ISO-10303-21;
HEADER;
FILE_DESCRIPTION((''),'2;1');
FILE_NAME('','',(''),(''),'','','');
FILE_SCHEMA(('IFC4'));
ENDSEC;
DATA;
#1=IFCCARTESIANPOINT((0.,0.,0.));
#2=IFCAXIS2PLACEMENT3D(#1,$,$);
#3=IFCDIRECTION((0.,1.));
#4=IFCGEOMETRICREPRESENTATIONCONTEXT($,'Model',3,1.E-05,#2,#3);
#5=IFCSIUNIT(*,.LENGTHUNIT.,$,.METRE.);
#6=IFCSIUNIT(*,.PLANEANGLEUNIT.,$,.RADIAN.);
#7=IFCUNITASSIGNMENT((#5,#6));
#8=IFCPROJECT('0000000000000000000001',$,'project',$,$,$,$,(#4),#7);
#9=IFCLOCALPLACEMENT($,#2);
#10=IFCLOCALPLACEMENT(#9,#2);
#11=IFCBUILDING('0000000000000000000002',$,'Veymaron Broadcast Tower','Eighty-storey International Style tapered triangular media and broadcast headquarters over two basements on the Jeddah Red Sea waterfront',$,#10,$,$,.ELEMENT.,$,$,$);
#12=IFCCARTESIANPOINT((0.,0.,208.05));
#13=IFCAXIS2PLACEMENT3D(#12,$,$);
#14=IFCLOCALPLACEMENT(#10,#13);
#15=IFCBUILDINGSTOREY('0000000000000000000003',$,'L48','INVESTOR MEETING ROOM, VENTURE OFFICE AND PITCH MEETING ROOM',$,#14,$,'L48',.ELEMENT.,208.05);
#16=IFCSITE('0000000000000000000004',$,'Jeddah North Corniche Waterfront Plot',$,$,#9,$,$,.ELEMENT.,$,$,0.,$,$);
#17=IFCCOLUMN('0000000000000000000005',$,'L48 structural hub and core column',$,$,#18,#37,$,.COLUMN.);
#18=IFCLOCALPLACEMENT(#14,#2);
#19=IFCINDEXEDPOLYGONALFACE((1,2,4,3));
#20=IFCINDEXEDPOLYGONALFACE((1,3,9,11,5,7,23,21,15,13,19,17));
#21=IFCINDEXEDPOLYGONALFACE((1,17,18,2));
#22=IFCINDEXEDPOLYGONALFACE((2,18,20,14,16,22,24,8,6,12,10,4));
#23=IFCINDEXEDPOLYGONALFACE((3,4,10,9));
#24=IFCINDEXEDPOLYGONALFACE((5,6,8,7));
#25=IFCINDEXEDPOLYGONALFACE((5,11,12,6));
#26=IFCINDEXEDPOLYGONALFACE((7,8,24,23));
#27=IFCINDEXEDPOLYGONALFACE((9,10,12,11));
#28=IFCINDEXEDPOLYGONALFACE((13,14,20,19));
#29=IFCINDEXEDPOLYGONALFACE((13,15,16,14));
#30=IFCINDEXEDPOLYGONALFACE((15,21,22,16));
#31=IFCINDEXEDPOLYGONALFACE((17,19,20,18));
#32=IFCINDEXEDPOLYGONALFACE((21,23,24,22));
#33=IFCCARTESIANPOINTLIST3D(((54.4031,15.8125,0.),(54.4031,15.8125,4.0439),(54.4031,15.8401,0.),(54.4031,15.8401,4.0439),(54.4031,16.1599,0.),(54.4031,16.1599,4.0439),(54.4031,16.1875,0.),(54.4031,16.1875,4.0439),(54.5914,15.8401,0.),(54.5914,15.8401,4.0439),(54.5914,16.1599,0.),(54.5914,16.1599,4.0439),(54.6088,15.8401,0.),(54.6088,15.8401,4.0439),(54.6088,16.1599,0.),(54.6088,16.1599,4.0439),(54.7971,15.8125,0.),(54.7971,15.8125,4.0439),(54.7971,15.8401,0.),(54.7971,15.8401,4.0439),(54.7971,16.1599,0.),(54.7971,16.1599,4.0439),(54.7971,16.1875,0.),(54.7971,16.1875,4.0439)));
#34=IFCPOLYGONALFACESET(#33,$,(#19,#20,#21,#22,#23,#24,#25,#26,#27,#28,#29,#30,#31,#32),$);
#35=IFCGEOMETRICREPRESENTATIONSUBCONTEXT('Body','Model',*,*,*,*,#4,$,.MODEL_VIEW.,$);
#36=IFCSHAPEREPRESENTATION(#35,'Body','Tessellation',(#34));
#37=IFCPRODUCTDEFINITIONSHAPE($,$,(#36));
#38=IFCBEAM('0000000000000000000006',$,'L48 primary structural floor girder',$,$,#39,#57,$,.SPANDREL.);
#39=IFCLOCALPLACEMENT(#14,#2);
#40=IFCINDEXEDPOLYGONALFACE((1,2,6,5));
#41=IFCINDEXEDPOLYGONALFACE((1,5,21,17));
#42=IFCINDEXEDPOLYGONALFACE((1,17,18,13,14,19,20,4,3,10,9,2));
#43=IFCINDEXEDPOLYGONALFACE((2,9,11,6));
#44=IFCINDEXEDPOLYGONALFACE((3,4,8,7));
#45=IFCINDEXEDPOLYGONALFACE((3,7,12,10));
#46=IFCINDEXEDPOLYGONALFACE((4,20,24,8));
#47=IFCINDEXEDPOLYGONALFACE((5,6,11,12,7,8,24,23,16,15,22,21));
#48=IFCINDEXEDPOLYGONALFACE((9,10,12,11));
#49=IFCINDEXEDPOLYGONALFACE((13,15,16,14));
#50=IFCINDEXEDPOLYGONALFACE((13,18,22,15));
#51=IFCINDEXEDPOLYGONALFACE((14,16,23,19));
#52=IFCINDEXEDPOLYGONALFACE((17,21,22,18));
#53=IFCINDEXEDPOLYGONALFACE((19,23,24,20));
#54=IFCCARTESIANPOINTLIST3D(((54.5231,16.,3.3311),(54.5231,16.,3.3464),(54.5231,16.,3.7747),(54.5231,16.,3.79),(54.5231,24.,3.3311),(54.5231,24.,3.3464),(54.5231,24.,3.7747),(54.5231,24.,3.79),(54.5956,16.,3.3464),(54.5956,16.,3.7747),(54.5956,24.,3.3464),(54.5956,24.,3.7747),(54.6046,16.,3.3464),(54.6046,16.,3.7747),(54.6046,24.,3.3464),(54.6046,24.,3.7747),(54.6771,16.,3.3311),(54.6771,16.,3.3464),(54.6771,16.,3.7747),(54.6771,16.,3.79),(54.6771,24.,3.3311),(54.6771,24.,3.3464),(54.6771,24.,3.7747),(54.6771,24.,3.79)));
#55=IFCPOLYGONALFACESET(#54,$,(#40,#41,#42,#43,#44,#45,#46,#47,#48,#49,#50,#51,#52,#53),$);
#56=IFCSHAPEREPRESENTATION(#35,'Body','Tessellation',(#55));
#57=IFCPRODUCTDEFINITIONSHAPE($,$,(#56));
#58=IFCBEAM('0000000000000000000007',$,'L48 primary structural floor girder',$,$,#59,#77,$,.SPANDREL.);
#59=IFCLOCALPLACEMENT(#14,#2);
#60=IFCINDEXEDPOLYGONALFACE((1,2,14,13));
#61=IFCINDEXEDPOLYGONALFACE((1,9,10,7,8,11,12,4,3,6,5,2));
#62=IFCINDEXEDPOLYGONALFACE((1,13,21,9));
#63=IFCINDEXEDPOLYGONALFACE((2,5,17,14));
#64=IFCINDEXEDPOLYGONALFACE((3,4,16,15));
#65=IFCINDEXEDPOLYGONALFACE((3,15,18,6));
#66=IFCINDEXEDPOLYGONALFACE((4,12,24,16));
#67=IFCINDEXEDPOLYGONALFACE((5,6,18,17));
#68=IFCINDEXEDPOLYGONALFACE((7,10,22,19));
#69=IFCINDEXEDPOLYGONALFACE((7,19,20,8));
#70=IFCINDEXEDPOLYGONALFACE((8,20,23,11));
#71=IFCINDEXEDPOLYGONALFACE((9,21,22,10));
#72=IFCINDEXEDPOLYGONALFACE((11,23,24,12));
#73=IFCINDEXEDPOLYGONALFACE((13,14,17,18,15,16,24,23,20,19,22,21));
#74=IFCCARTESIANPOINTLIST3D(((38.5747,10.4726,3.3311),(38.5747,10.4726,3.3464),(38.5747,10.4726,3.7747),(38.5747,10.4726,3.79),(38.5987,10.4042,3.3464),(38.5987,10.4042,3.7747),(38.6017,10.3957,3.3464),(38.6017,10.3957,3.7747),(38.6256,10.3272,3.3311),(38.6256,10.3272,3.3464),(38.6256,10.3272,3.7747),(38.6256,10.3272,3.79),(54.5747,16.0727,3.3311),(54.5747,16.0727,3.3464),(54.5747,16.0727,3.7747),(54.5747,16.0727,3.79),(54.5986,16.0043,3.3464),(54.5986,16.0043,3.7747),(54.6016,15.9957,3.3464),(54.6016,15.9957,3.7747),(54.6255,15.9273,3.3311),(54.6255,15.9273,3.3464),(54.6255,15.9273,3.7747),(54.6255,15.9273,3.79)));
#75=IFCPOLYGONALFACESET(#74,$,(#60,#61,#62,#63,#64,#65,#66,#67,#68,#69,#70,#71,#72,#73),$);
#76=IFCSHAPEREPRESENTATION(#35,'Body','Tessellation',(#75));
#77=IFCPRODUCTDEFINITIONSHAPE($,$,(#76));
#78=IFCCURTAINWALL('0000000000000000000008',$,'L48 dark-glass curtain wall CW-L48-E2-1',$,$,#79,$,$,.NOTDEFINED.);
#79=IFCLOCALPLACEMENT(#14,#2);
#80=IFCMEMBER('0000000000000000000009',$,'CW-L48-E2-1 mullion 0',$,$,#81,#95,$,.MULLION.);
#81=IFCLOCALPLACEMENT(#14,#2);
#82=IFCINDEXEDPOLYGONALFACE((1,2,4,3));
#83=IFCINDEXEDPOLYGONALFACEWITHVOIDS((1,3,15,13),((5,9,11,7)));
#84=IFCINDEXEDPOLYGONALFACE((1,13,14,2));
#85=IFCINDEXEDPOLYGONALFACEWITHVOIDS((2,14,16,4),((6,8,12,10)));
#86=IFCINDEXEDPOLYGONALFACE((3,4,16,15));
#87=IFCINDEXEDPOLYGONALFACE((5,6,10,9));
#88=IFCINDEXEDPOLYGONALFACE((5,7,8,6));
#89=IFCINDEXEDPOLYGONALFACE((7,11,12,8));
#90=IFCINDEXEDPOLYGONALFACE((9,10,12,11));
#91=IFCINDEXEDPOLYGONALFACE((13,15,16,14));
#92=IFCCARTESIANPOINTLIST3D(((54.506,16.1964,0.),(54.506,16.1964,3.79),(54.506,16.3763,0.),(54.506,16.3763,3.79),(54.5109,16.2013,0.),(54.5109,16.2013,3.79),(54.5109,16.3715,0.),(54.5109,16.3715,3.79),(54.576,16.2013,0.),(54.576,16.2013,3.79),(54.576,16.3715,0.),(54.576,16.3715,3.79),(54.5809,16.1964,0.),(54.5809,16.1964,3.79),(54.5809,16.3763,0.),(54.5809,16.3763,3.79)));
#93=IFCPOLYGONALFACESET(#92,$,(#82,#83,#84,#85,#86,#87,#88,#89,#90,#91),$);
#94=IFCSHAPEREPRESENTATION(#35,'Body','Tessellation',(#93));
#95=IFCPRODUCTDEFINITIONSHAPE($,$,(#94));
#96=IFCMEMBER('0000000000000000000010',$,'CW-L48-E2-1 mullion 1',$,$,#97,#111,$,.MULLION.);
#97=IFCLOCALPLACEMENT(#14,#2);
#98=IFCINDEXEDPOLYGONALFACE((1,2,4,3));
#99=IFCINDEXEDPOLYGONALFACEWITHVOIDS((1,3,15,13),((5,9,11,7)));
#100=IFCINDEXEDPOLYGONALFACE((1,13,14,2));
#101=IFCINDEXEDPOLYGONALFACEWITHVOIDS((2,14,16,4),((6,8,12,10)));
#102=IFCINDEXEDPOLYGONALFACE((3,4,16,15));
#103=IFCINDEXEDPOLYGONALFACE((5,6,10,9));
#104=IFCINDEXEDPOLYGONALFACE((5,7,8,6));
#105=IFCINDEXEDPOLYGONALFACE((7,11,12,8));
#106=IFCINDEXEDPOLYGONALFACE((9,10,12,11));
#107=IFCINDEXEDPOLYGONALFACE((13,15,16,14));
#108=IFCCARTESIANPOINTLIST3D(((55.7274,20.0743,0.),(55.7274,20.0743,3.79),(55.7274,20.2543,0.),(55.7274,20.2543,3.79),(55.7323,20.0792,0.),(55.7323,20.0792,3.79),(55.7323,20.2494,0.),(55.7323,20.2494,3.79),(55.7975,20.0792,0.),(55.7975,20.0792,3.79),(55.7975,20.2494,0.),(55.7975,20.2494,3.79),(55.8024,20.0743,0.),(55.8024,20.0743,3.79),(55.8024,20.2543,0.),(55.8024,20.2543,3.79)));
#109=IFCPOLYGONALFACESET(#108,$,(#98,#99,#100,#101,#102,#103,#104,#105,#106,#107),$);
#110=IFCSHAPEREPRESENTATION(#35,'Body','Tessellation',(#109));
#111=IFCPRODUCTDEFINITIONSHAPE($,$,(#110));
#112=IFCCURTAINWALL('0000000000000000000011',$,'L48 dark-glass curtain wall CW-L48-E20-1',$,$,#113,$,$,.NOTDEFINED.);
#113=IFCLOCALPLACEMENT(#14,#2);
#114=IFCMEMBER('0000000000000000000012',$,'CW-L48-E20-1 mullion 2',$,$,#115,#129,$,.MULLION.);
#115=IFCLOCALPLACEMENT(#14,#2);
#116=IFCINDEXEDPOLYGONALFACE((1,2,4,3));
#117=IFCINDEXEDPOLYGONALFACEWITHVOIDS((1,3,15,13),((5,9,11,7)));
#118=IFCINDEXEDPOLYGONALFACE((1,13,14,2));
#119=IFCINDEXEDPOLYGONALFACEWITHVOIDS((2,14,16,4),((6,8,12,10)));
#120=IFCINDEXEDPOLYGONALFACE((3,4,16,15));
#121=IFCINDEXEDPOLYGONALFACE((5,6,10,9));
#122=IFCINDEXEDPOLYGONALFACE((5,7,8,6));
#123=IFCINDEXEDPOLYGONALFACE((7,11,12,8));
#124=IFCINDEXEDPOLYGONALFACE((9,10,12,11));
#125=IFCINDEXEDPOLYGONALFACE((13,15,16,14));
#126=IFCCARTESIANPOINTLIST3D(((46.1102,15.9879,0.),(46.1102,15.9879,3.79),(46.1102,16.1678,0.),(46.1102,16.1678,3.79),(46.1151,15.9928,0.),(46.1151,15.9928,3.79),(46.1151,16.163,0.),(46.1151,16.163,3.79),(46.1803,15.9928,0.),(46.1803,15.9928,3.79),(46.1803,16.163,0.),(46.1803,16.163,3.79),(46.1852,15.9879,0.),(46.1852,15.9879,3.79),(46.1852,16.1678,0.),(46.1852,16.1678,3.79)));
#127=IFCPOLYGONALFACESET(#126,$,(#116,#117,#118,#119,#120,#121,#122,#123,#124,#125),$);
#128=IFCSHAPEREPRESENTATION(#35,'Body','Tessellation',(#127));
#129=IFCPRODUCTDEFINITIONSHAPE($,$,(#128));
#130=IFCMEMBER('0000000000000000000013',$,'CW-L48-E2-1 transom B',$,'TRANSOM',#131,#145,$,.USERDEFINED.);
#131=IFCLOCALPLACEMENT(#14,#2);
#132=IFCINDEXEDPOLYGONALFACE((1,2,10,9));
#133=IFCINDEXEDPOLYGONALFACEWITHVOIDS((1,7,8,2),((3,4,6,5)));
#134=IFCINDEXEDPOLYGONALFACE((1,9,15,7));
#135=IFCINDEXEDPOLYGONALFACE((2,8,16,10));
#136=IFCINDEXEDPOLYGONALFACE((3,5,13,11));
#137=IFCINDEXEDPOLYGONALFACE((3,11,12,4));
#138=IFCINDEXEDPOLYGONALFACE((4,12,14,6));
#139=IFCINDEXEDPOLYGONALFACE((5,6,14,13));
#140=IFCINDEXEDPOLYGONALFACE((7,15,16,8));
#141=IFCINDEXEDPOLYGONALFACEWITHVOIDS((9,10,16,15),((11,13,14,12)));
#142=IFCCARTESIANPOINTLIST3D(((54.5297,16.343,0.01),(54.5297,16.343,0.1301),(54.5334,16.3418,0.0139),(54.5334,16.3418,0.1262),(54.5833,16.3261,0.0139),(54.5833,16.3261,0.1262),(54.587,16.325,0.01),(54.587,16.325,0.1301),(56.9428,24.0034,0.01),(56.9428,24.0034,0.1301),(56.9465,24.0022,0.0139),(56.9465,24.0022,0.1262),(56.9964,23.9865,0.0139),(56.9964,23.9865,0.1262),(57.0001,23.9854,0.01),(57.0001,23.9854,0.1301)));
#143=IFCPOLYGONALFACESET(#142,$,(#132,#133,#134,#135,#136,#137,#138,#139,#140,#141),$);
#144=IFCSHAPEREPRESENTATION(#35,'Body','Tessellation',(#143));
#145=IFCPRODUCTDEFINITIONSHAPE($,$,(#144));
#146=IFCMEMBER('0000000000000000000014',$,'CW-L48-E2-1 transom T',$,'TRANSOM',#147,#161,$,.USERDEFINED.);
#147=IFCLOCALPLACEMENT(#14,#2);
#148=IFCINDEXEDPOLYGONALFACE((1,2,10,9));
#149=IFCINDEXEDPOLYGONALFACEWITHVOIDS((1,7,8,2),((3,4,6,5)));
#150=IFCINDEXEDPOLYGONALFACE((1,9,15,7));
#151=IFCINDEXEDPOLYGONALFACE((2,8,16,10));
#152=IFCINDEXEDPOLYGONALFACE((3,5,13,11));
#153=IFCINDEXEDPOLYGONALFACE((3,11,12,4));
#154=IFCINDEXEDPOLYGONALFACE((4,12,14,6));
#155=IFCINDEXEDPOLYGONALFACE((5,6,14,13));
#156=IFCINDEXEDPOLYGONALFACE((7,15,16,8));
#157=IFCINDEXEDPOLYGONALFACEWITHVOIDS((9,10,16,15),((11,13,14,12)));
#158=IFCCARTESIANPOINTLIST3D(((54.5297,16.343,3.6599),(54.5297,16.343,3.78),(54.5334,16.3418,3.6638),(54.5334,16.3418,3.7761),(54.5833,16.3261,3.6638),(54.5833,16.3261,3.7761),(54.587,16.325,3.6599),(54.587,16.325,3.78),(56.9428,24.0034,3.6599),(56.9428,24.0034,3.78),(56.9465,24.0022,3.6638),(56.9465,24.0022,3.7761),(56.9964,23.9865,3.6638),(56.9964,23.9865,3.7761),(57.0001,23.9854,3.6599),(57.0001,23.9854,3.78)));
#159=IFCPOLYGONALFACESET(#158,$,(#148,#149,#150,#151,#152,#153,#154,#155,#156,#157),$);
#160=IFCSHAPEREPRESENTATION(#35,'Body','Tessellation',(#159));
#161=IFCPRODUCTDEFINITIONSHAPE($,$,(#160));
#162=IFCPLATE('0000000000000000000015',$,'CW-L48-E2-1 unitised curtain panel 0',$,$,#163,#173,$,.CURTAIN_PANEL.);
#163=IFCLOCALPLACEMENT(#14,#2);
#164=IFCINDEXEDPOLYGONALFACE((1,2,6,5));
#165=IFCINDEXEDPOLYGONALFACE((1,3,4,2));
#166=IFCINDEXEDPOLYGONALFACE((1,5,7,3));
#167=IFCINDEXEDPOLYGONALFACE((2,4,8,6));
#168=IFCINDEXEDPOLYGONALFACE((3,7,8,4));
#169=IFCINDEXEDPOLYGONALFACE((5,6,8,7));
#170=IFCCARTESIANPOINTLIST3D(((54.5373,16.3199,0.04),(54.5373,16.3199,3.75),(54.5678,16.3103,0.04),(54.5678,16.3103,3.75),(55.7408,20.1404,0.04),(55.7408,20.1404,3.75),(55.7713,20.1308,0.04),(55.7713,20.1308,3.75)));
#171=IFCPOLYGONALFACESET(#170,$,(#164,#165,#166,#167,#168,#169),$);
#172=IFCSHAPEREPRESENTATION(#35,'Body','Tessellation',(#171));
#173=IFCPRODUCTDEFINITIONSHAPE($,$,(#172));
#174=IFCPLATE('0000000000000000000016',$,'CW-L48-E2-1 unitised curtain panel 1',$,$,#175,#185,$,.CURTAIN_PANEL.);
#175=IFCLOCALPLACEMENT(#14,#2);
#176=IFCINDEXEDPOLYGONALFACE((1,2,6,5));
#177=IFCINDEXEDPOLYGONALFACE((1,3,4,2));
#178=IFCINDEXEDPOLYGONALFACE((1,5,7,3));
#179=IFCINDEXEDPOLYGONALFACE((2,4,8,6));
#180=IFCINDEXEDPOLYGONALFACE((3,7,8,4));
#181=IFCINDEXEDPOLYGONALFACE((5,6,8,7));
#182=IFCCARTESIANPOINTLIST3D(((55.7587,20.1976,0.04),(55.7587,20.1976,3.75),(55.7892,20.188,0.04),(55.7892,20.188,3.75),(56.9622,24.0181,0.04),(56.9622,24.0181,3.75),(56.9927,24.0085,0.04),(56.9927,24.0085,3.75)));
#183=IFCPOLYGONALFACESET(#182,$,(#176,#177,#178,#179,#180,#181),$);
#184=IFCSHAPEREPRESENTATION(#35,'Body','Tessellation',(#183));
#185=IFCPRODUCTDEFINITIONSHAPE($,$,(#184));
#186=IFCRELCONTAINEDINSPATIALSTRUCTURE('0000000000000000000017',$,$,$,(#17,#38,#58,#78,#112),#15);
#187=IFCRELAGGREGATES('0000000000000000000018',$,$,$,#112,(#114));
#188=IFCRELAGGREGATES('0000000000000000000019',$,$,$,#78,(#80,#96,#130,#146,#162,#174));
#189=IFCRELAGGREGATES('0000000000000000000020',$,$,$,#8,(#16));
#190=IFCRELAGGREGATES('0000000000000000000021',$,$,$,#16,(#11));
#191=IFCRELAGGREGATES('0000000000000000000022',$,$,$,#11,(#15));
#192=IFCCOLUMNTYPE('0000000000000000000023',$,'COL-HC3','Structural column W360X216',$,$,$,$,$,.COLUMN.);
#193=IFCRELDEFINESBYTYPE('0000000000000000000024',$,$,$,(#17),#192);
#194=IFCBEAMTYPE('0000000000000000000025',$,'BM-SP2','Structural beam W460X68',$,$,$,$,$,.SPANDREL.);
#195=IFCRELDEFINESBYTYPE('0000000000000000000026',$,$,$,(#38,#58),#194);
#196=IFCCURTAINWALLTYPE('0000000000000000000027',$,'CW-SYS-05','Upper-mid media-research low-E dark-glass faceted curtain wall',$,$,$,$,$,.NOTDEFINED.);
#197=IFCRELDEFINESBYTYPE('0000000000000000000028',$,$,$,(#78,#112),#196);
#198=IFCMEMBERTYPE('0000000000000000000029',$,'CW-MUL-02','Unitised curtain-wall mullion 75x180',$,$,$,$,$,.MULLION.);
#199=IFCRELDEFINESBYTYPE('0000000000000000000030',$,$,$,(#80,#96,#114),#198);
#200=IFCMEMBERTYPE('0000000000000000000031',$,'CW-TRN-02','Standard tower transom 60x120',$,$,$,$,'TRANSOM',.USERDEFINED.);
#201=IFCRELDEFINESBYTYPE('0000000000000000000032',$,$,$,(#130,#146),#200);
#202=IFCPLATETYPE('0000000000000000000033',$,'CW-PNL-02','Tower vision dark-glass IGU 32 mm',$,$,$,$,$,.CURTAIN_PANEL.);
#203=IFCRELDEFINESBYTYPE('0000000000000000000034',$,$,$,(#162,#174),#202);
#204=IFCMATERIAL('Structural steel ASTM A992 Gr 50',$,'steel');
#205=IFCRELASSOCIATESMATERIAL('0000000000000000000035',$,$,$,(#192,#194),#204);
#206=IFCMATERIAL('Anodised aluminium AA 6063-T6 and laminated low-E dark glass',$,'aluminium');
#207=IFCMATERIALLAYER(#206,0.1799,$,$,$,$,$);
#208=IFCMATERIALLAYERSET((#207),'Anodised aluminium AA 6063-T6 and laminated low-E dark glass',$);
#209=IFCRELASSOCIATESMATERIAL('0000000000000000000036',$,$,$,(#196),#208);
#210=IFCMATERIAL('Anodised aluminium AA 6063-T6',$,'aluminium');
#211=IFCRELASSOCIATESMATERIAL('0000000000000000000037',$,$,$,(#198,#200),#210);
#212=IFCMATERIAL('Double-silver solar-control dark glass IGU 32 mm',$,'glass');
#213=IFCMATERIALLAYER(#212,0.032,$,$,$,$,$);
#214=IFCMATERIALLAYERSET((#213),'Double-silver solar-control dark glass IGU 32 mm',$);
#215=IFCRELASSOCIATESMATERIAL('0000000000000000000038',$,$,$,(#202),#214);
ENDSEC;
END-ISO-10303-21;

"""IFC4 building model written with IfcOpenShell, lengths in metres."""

from ifc_helpers import new_model, si_unit, direction, frame, origin, origin_2d, place, context, subcontext, project, spatial, rectangle, hollow_rectangle, i_section, extrude, material, layer, layer_set, material_profile, profile_set, type_object, element, aggregate, save


model = new_model("IFC4")

# Units and contexts
model_context = context("Model", 3, precision=1e-05, world=origin(), true_north=direction((0.0, 1.0)))
body_context = subcontext(model_context, "Body", "Model", "MODEL_VIEW")
ifc_project = project(units=[si_unit("LENGTHUNIT", "METRE"), si_unit("PLANEANGLEUNIT", "RADIAN")], contexts=[model_context])

# Site, building, storey
site_placement = place(None, origin())
site = spatial("IfcSite", under=ifc_project, at=site_placement, Name="Jeddah North Corniche Waterfront Plot", CompositionType="ELEMENT", RefElevation=0.0)
building_placement = place(site_placement, origin())
building = spatial("IfcBuilding", under=site, at=building_placement, Name="Veymaron Broadcast Tower", Description="Eighty-storey International Style tapered triangular media and broadcast headquarters over two basements on the Jeddah Red Sea waterfront", CompositionType="ELEMENT")
storey_placement = place(building_placement, frame((0.0, 0.0, 208.05)))
storey = spatial("IfcBuildingStorey", under=building, at=storey_placement, Name="L48", Description="INVESTOR MEETING ROOM, VENTURE OFFICE AND PITCH MEETING ROOM", LongName="L48", CompositionType="ELEMENT", Elevation=208.05)

# Column
ifc_material_1 = material(Name="Structural steel ASTM A992 Gr 50", Category="steel")
ifc_material_profile_1 = material_profile(ifc_material_1, i_section(OverallWidth=0.394, OverallDepth=0.375, WebThickness=0.0173, FlangeThickness=0.0276, at=origin_2d()), Name="W360X216")
ifc_profile_set_1 = profile_set([ifc_material_profile_1], Name="Structural steel ASTM A992 Gr 50")
column_type = type_object("IfcColumnType", Name="COL-HC3", Description="Structural column W360X216", PredefinedType="COLUMN", material=ifc_profile_set_1)
column_placement = place(storey_placement, frame((54.6001, 16.0, 0.0), z_axis=(0.0, 0.0, 1.0), x_axis=(1.0, 0.0, 0.0)))
element("IfcColumn", 1, at=column_placement, inside=storey, type_object=column_type, Name="L48 structural hub and core column", PredefinedType="COLUMN", context=body_context, shape_type="SweptSolid", body=[
    extrude(i_section(OverallWidth=0.394, OverallDepth=0.375, WebThickness=0.0173, FlangeThickness=0.0276, at=origin_2d()), origin(), (0.0, 0.0, 1.0), 4.0439),
])

# Beams
ifc_material_profile_2 = material_profile(ifc_material_1, i_section(OverallWidth=0.1541, OverallDepth=0.459, WebThickness=0.009, FlangeThickness=0.0154, at=origin_2d()), Name="W460X68")
ifc_profile_set_2 = profile_set([ifc_material_profile_2], Name="Structural steel ASTM A992 Gr 50")
beam_type = type_object("IfcBeamType", Name="BM-SP2", Description="Structural beam W460X68", PredefinedType="SPANDREL", material=ifc_profile_set_2)
beam_1_placement = place(storey_placement, frame((54.6001, 16.0, 3.5605), z_axis=(0.0, 1.0, 0.0), x_axis=(-1.0, 0.0, 0.0)))
element("IfcBeam", 2, at=beam_1_placement, inside=storey, type_object=beam_type, Name="L48 primary structural floor girder", PredefinedType="SPANDREL", context=body_context, shape_type="SweptSolid", body=[
    extrude(i_section(OverallWidth=0.1541, OverallDepth=0.459, WebThickness=0.009, FlangeThickness=0.0154, at=origin_2d()), origin(), (0.0, 0.0, 1.0), 8.0),
])
beam_2_placement = place(storey_placement, frame((54.6001, 16.0, 3.5605), z_axis=(-0.943857, -0.330356, 0.0), x_axis=(0.330356, -0.943857, 0.0)))
element("IfcBeam", 3, at=beam_2_placement, inside=storey, type_object=beam_type, Name="L48 primary structural floor girder", PredefinedType="SPANDREL", context=body_context, shape_type="SweptSolid", body=[
    extrude(i_section(OverallWidth=0.1541, OverallDepth=0.459, WebThickness=0.009, FlangeThickness=0.0154, at=origin_2d()), origin(), (0.0, 0.0, 1.0), 16.9517),
])

# Curtain wall, members
ifc_material_2 = material(Name="Anodised aluminium AA 6063-T6 and laminated low-E dark glass", Category="aluminium")
ifc_layer_1 = layer(ifc_material_2, 0.1799)
ifc_layer_set_1 = layer_set([ifc_layer_1], Name="Anodised aluminium AA 6063-T6 and laminated low-E dark glass")
curtain_wall_type = type_object("IfcCurtainWallType", Name="CW-SYS-05", Description="Upper-mid media-research low-E dark-glass faceted curtain wall", PredefinedType="NOTDEFINED", material=ifc_layer_set_1)
curtain_wall_1_placement = place(storey_placement, origin())
curtain_wall_1 = element("IfcCurtainWall", 4, at=curtain_wall_1_placement, inside=storey, type_object=curtain_wall_type, Name="L48 dark-glass curtain wall CW-L48-E2-1", PredefinedType="NOTDEFINED")
ifc_material_3 = material(Name="Anodised aluminium AA 6063-T6", Category="aluminium")
ifc_material_profile_3 = material_profile(ifc_material_3, hollow_rectangle(XDim=0.075, YDim=0.1799, WallThickness=0.0049, at=origin_2d()), Name="AL180X75X5")
ifc_profile_set_3 = profile_set([ifc_material_profile_3], Name="Anodised aluminium AA 6063-T6")
member_type_1 = type_object("IfcMemberType", Name="CW-MUL-02", Description="Unitised curtain-wall mullion 75x180", PredefinedType="MULLION", material=ifc_profile_set_3)
member_1_placement = place(storey_placement, frame((54.5435, 16.2864, 0.0), z_axis=(0.0, 0.0, 1.0), x_axis=(1.0, 0.0, 0.0)))
member_1 = element("IfcMember", 5, at=member_1_placement, type_object=member_type_1, Name="CW-L48-E2-1 mullion 0", PredefinedType="MULLION", context=body_context, shape_type="SweptSolid", body=[
    extrude(hollow_rectangle(XDim=0.075, YDim=0.1799, WallThickness=0.0049, at=origin_2d()), origin(), (0.0, 0.0, 1.0), 3.79),
])
member_2_placement = place(storey_placement, frame((55.7649, 20.1643, 0.0), z_axis=(0.0, 0.0, 1.0), x_axis=(1.0, 0.0, 0.0)))
member_2 = element("IfcMember", 6, at=member_2_placement, type_object=member_type_1, Name="CW-L48-E2-1 mullion 1", PredefinedType="MULLION", context=body_context, shape_type="SweptSolid", body=[
    extrude(hollow_rectangle(XDim=0.075, YDim=0.1799, WallThickness=0.0049, at=origin_2d()), origin(), (0.0, 0.0, 1.0), 3.79),
])

# Curtain wall, member
curtain_wall_2_placement = place(storey_placement, origin())
curtain_wall_2 = element("IfcCurtainWall", 7, at=curtain_wall_2_placement, inside=storey, type_object=curtain_wall_type, Name="L48 dark-glass curtain wall CW-L48-E20-1", PredefinedType="NOTDEFINED")
member_3_placement = place(storey_placement, frame((46.1477, 16.0779, 0.0), z_axis=(0.0, 0.0, 1.0), x_axis=(1.0, 0.0, 0.0)))
member_3 = element("IfcMember", 8, at=member_3_placement, type_object=member_type_1, Name="CW-L48-E20-1 mullion 2", PredefinedType="MULLION", context=body_context, shape_type="SweptSolid", body=[
    extrude(hollow_rectangle(XDim=0.075, YDim=0.1799, WallThickness=0.0049, at=origin_2d()), origin(), (0.0, 0.0, 1.0), 3.79),
])
aggregate(curtain_wall_2, [member_3])

# Members
ifc_material_profile_4 = material_profile(ifc_material_3, hollow_rectangle(XDim=0.0601, YDim=0.1201, WallThickness=0.0039, at=origin_2d()), Name="AL120X60X4")
ifc_profile_set_4 = profile_set([ifc_material_profile_4], Name="Anodised aluminium AA 6063-T6")
member_type_2 = type_object("IfcMemberType", Name="CW-TRN-02", Description="Standard tower transom 60x120", ElementType="TRANSOM", PredefinedType="USERDEFINED", material=ifc_profile_set_4)
member_4_placement = place(storey_placement, frame((54.5583, 16.334, 0.0701), z_axis=(0.300453, 0.953797, 0.0), x_axis=(-0.953797, 0.300453, 0.0)))
member_4 = element("IfcMember", 9, at=member_4_placement, type_object=member_type_2, Name="CW-L48-E2-1 transom B", ObjectType="TRANSOM", PredefinedType="USERDEFINED", context=body_context, shape_type="SweptSolid", body=[
    extrude(hollow_rectangle(XDim=0.0601, YDim=0.1201, WallThickness=0.0039, at=origin_2d()), origin(), (0.0, 0.0, 1.0), 8.0315),
])
member_5_placement = place(storey_placement, frame((54.5583, 16.334, 3.72), z_axis=(0.300453, 0.953797, 0.0), x_axis=(-0.953797, 0.300453, 0.0)))
member_5 = element("IfcMember", 10, at=member_5_placement, type_object=member_type_2, Name="CW-L48-E2-1 transom T", ObjectType="TRANSOM", PredefinedType="USERDEFINED", context=body_context, shape_type="SweptSolid", body=[
    extrude(hollow_rectangle(XDim=0.0601, YDim=0.1201, WallThickness=0.0039, at=origin_2d()), origin(), (0.0, 0.0, 1.0), 8.0315),
])

# Plates
ifc_material_4 = material(Name="Double-silver solar-control dark glass IGU 32 mm", Category="glass")
ifc_layer_2 = layer(ifc_material_4, 0.032)
ifc_layer_set_2 = layer_set([ifc_layer_2], Name="Double-silver solar-control dark glass IGU 32 mm")
plate_type = type_object("IfcPlateType", Name="CW-PNL-02", Description="Tower vision dark-glass IGU 32 mm", PredefinedType="CURTAIN_PANEL", material=ifc_layer_set_2)
plate_1_placement = place(storey_placement, frame((55.1543, 18.2253, 0.04), z_axis=(0.0, 0.0, 1.0), x_axis=(0.300456, 0.953796, 0.0)))
plate_1 = element("IfcPlate", 11, at=plate_1_placement, type_object=plate_type, Name="CW-L48-E2-1 unitised curtain panel 0", PredefinedType="CURTAIN_PANEL", context=body_context, shape_type="SweptSolid", body=[
    extrude(rectangle(XDim=4.0056, YDim=0.032, at=origin_2d()), origin(), (0.0, 0.0, 1.0), 3.71),
])
plate_2_placement = place(storey_placement, frame((56.3757, 22.103, 0.04), z_axis=(0.0, 0.0, 1.0), x_axis=(0.300456, 0.953796, 0.0)))
plate_2 = element("IfcPlate", 12, at=plate_2_placement, type_object=plate_type, Name="CW-L48-E2-1 unitised curtain panel 1", PredefinedType="CURTAIN_PANEL", context=body_context, shape_type="SweptSolid", body=[
    extrude(rectangle(XDim=4.0056, YDim=0.032, at=origin_2d()), origin(), (0.0, 0.0, 1.0), 3.71),
])
aggregate(curtain_wall_1, [member_1, member_2, member_4, member_5, plate_1, plate_2])

save(model, "model.ifc")
